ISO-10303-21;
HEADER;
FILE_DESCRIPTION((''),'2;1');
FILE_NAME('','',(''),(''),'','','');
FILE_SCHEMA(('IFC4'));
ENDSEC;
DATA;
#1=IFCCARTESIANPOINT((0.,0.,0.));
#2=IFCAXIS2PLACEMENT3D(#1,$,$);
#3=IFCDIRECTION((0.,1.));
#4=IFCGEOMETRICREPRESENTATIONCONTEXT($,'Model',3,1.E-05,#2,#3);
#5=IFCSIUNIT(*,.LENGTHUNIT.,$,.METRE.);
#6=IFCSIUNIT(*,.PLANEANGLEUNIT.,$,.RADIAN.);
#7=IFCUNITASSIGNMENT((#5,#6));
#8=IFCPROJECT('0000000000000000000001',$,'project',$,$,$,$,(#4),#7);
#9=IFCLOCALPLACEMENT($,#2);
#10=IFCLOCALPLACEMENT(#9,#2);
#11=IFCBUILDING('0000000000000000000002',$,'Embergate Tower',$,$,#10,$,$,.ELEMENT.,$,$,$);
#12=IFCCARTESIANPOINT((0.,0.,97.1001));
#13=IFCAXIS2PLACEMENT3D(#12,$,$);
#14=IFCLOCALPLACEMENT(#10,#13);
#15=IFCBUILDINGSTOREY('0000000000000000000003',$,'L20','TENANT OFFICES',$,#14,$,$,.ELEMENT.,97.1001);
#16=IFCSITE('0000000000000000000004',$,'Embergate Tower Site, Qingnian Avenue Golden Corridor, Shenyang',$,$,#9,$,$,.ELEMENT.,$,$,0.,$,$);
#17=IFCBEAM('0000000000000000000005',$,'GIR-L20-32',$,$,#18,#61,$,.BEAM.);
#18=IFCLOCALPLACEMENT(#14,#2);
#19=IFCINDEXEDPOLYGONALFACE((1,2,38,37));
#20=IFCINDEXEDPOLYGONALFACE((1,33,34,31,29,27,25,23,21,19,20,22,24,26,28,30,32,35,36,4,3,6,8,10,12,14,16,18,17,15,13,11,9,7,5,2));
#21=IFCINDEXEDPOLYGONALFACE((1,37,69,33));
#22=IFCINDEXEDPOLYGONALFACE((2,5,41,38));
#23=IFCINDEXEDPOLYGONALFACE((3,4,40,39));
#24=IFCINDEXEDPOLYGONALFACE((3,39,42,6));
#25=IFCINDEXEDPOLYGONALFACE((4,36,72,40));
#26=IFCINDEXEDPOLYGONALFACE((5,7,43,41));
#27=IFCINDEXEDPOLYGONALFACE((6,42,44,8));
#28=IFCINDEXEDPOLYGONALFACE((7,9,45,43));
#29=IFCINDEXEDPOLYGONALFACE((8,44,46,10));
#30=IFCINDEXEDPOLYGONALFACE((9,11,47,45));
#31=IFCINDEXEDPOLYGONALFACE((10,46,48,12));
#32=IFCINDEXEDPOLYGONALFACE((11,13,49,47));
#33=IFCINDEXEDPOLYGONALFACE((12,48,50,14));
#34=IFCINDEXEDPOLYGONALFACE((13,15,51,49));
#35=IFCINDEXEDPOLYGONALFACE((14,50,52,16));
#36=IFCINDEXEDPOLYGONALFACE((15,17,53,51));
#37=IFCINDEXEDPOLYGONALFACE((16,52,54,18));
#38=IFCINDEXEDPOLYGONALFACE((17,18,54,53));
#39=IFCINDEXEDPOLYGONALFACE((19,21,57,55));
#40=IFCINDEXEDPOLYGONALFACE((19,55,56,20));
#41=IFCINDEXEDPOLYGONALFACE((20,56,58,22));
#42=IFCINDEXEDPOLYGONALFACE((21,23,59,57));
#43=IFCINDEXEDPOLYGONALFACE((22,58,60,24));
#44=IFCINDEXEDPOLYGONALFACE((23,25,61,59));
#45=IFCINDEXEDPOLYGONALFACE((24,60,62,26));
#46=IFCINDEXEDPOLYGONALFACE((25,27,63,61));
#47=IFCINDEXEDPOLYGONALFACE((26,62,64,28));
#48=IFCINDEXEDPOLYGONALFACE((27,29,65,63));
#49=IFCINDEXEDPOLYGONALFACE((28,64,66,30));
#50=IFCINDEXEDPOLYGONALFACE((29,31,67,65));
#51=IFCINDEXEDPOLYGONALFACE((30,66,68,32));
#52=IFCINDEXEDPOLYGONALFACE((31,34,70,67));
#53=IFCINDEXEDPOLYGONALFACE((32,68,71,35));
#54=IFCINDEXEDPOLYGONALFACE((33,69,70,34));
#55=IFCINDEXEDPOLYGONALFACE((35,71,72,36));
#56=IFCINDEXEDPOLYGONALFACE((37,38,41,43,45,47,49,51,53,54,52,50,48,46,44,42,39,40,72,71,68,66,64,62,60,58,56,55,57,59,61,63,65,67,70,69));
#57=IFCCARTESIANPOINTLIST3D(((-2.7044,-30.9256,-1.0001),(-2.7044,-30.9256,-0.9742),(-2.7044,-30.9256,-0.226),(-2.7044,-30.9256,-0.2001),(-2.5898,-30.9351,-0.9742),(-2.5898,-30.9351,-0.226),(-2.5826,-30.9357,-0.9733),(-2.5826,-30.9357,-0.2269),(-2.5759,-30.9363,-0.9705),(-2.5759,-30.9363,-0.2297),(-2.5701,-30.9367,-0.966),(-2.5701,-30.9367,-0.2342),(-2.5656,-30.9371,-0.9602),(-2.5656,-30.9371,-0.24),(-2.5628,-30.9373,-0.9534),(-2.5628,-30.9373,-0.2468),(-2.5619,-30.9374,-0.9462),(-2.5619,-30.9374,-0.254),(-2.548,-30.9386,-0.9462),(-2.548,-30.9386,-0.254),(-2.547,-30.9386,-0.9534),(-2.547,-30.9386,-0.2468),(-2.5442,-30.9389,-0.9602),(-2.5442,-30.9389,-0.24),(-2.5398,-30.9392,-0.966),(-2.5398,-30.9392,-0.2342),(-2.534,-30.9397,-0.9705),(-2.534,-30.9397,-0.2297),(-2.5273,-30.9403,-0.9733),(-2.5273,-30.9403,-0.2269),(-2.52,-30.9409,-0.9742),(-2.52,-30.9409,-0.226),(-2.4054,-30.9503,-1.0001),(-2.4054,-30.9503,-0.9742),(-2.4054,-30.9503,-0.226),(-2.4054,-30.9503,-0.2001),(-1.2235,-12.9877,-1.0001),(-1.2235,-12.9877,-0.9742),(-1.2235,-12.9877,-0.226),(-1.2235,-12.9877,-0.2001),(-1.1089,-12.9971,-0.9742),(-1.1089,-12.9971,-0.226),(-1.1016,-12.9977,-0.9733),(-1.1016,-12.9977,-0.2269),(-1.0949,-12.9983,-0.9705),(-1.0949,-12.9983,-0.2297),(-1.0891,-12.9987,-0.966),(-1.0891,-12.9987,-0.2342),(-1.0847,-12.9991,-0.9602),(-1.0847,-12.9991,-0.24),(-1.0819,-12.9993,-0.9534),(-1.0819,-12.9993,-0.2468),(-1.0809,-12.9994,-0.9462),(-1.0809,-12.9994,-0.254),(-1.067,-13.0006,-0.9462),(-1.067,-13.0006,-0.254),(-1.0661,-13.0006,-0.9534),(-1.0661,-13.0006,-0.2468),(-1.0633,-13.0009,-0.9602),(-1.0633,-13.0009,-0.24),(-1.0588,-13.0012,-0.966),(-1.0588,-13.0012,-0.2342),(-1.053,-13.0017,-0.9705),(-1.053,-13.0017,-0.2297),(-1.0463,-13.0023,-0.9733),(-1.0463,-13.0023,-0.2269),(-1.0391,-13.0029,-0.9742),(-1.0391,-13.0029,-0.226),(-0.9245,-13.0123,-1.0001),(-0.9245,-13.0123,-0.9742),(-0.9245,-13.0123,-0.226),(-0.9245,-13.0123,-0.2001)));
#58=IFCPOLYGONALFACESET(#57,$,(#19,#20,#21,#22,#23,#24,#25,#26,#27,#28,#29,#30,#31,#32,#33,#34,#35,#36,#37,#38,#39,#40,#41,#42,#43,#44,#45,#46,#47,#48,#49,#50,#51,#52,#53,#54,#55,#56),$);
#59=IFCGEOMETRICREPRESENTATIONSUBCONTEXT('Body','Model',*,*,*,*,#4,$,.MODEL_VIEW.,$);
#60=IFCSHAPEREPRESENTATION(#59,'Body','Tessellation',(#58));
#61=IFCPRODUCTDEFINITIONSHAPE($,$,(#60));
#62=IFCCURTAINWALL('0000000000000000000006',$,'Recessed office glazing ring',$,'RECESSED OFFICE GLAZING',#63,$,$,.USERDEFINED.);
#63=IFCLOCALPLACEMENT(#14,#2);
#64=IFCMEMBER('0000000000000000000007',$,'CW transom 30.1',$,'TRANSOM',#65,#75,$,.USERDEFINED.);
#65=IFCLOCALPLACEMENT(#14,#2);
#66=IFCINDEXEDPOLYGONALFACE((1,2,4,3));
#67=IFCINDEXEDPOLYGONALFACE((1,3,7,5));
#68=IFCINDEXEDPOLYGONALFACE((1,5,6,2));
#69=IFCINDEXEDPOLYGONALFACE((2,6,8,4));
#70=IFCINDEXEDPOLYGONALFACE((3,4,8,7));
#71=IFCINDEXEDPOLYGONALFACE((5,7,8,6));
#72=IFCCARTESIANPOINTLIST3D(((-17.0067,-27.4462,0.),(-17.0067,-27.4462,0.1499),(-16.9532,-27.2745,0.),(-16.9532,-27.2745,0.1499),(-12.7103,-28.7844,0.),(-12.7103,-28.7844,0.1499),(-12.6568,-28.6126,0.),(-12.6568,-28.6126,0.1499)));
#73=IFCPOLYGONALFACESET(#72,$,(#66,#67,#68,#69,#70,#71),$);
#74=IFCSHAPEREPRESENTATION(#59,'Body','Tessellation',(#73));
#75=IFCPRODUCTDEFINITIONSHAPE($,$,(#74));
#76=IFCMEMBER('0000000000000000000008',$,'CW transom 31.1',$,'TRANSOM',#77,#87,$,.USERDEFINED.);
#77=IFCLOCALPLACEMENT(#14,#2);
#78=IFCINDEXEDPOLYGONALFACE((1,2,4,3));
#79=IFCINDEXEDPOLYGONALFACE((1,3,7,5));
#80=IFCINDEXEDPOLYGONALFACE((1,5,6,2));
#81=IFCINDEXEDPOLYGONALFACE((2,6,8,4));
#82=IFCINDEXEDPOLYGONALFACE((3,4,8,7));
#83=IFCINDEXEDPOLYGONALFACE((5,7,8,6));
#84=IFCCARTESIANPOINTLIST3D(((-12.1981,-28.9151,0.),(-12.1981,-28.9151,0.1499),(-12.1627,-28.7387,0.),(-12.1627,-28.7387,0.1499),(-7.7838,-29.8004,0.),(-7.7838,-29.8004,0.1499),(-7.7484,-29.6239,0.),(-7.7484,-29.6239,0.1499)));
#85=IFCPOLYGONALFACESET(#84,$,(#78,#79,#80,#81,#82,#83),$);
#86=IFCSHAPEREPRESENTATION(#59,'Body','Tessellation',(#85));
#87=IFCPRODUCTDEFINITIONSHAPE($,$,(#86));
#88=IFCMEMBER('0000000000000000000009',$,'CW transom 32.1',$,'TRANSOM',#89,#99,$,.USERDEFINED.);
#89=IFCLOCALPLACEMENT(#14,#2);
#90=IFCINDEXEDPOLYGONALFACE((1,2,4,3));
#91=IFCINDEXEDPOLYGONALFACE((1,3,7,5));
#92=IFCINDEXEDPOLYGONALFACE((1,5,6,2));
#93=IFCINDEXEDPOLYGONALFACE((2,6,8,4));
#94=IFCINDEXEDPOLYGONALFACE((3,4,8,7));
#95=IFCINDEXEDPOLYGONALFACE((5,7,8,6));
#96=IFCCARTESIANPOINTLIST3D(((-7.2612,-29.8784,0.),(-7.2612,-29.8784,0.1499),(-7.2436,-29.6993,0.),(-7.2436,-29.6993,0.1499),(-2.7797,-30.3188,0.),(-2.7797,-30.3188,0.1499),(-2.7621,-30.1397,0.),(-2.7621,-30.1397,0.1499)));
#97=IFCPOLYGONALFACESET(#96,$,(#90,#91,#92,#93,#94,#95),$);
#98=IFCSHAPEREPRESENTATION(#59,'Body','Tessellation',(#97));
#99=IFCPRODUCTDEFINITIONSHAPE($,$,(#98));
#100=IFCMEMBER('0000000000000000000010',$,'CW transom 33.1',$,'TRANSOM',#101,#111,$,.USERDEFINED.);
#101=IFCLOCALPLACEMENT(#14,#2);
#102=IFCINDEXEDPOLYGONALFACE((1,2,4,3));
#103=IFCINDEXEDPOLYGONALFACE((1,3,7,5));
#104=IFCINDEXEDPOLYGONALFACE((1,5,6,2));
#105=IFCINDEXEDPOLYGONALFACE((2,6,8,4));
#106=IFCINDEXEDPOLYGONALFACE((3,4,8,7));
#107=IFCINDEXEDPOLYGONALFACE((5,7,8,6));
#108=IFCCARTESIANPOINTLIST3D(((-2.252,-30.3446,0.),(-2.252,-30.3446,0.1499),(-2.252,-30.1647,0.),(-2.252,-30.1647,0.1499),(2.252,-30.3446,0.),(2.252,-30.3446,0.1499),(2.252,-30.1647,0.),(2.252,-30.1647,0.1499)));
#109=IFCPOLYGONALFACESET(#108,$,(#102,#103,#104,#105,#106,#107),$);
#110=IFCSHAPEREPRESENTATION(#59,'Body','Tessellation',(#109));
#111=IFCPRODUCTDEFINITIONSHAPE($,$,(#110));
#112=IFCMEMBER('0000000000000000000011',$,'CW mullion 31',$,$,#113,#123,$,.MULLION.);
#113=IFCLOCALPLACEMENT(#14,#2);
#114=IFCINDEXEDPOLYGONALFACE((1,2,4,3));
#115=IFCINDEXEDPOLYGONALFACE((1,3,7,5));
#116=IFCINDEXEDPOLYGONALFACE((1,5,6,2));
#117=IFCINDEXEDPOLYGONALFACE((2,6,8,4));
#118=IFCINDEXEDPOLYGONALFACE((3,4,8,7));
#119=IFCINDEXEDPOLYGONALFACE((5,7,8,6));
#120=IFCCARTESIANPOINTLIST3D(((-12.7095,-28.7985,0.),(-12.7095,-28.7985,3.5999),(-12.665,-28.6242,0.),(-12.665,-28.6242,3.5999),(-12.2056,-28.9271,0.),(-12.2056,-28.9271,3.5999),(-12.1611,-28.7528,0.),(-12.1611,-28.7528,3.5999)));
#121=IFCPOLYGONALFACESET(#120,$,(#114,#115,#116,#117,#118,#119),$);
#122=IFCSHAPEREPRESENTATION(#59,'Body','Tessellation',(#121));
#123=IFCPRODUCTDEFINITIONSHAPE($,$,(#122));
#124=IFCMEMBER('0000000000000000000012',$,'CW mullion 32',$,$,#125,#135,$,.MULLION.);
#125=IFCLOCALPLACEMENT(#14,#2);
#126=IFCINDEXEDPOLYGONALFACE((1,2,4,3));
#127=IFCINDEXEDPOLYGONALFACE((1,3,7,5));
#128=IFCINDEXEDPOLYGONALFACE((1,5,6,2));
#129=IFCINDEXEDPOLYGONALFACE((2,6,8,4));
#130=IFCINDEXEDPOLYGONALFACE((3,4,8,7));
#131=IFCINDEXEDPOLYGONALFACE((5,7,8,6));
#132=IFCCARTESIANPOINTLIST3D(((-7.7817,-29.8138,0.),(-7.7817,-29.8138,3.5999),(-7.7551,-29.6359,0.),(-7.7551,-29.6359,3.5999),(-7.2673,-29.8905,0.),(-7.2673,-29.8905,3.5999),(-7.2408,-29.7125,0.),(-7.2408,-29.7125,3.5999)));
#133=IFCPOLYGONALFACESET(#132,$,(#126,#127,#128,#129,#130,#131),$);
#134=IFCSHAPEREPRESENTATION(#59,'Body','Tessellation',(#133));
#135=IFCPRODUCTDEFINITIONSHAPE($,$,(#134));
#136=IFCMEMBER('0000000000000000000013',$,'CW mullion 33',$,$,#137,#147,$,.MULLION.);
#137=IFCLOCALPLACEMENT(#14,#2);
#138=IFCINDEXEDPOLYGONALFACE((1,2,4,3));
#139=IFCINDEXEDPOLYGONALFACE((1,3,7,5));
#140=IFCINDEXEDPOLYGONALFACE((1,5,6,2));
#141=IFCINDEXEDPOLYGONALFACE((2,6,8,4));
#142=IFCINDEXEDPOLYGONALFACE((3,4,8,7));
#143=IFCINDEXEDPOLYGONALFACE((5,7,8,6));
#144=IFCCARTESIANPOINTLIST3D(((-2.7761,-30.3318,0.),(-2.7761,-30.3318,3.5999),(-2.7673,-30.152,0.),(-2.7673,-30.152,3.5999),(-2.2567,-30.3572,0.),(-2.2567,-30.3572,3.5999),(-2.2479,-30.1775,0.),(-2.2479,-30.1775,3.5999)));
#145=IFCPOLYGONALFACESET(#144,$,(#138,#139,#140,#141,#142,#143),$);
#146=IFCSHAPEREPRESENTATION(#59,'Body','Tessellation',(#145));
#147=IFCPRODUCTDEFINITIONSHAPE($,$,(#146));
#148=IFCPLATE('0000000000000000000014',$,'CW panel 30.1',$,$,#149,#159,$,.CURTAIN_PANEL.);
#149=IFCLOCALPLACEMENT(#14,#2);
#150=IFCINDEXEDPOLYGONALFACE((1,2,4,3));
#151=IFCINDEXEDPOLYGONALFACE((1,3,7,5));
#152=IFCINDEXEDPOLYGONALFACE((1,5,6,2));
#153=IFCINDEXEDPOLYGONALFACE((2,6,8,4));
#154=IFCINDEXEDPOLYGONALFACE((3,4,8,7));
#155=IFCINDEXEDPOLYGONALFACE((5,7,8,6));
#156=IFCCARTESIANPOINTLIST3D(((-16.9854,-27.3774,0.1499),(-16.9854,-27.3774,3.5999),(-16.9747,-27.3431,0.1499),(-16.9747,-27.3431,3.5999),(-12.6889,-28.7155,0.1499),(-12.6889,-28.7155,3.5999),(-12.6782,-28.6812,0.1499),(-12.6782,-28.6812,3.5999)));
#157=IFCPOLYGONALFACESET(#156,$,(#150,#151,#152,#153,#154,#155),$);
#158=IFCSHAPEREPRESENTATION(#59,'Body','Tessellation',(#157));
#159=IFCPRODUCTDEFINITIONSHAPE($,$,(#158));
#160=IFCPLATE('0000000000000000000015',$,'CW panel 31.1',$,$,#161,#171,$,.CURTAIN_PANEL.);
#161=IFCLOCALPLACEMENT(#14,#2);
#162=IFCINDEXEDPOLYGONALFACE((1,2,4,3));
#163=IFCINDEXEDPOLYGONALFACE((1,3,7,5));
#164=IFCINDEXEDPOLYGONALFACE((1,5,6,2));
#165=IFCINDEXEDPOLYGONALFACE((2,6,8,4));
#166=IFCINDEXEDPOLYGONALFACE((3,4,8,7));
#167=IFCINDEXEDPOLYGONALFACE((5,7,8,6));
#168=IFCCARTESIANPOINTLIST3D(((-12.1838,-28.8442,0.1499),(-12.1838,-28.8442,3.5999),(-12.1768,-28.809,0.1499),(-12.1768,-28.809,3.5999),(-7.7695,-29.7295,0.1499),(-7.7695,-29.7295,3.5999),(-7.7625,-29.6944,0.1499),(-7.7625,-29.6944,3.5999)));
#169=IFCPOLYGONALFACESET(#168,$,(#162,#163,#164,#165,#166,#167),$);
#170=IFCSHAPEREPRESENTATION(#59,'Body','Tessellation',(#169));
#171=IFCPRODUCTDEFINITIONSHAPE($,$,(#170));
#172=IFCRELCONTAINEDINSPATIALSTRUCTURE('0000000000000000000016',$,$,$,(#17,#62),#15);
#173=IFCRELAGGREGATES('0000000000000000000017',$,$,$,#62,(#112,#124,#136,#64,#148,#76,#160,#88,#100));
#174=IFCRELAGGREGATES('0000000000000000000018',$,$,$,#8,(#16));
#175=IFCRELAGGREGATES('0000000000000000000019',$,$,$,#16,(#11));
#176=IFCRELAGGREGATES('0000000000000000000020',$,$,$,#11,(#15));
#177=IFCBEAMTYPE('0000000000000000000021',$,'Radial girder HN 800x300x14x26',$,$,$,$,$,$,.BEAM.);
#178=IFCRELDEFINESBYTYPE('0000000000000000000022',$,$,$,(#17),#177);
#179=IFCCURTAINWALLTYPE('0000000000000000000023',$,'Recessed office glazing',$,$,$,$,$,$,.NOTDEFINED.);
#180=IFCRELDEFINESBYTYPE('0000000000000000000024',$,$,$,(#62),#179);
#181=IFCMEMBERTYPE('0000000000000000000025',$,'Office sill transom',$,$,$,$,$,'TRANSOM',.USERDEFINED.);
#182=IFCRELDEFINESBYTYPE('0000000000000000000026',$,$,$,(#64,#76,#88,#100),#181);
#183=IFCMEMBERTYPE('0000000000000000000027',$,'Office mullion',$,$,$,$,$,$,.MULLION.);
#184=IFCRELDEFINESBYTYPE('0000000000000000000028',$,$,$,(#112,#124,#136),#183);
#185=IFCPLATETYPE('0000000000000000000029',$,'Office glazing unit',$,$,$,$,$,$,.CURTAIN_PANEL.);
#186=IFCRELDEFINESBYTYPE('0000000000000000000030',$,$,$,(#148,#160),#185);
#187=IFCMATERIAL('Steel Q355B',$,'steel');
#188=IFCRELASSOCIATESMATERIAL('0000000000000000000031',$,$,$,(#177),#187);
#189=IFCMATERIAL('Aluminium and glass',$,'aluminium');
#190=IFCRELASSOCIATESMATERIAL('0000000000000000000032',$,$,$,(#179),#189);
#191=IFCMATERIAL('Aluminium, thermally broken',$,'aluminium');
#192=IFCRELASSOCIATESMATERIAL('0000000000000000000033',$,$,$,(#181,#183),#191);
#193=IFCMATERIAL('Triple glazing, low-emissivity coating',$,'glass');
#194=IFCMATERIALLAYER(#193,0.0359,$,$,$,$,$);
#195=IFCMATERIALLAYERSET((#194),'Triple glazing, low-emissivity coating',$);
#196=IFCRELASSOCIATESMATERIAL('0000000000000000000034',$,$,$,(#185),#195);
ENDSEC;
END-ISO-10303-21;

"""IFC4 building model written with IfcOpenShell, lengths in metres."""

from ifc_helpers import new_model, si_unit, direction, frame, origin, origin_2d, place, context, subcontext, project, spatial, rectangle, i_section, extrude, source, transform, mapped, material, layer, layer_set, material_profile, profile_set, type_object, element, aggregate, save


model = new_model("IFC4")

# Units and contexts
model_context = context("Model", 3, precision=1e-05, world=origin(), true_north=direction((0.0, 1.0)))
body_context = subcontext(model_context, "Body", "Model", "MODEL_VIEW")
ifc_project = project(units=[si_unit("LENGTHUNIT", "METRE"), si_unit("PLANEANGLEUNIT", "RADIAN")], contexts=[model_context])

# Site, building, storey
site_placement = place(None, origin())
site = spatial("IfcSite", under=ifc_project, at=site_placement, Name="Embergate Tower Site, Qingnian Avenue Golden Corridor, Shenyang", CompositionType="ELEMENT", RefElevation=0.0)
building_placement = place(site_placement, origin())
building = spatial("IfcBuilding", under=site, at=building_placement, Name="Embergate Tower", CompositionType="ELEMENT")
storey_placement = place(building_placement, frame((0.0, 0.0, 97.1001)))
storey = spatial("IfcBuildingStorey", under=building, at=storey_placement, Name="L20", Description="TENANT OFFICES", CompositionType="ELEMENT", Elevation=97.1001)

# Beam
ifc_material_1 = material(Name="Steel Q355B", Category="steel")
ifc_material_profile_1 = material_profile(ifc_material_1, i_section(OverallWidth=0.3, OverallDepth=0.8, WebThickness=0.0139, FlangeThickness=0.0259, FilletRadius=0.0281, at=origin_2d()), Name="HN 800x300x14x26")
ifc_profile_set_1 = profile_set([ifc_material_profile_1], Name="Steel Q355 grade B")
beam_type_1 = type_object("IfcBeamType", Name="Radial girder HN 800x300x14x26", PredefinedType="BEAM", material=ifc_profile_set_1)
shared_shape_1 = source(origin(), body_context, "Body", "SweptSolid", [
    extrude(i_section(OverallWidth=0.3, OverallDepth=0.8, WebThickness=0.0139, FlangeThickness=0.0259, FilletRadius=0.0281, at=origin_2d()), origin(), (0.0, 0.0, 1.0), 17.999),
])
beam_1_placement = place(storey_placement, frame((-2.5549, -30.938, -0.6001), z_axis=(0.08228, 0.996609, 0.0), x_axis=(-0.996609, 0.08228, 0.0)))
element("IfcBeam", 1, at=beam_1_placement, inside=storey, type_object=beam_type_1, Name="GIR-L20-32", PredefinedType="BEAM", context=body_context, shape_type="MappedRepresentation", body=[
    mapped(shared_shape_1, transform((0.0, 0.0, 0.0))),
])

# Curtain wall, members, plates
ifc_material_2 = material(Name="Aluminium and glass", Category="aluminium")
curtain_wall_type = type_object("IfcCurtainWallType", Name="Recessed office glazing", PredefinedType="NOTDEFINED", material=ifc_material_2)
curtain_wall_placement = place(storey_placement, origin())
curtain_wall = element("IfcCurtainWall", 2, at=curtain_wall_placement, inside=storey, type_object=curtain_wall_type, Name="Recessed office glazing ring", ObjectType="RECESSED OFFICE GLAZING", PredefinedType="USERDEFINED")
ifc_material_3 = material(Name="Aluminium, thermally broken", Category="aluminium")
ifc_material_profile_2 = material_profile(ifc_material_3, rectangle(XDim=0.1799, YDim=0.1499, at=origin_2d()), Name="AL 150x180")
ifc_profile_set_2 = profile_set([ifc_material_profile_2], Name="Aluminium, thermally broken")
member_type_1 = type_object("IfcMemberType", Name="Office sill transom", ElementType="TRANSOM", PredefinedType="USERDEFINED", material=ifc_profile_set_2)
shared_shape_2 = source(origin(), body_context, "Body", "SweptSolid", [
    extrude(rectangle(XDim=0.1799, YDim=0.1499, at=origin_2d()), origin(), (0.0, 0.0, 1.0), 4.5),
])
member_1_placement = place(storey_placement, frame((-16.98, -27.3604, 0.075), z_axis=(0.954763, -0.297367, 0.0), x_axis=(0.297367, 0.954763, 0.0)))
member_1 = element("IfcMember", 3, at=member_1_placement, type_object=member_type_1, Name="CW transom 30.1", ObjectType="TRANSOM", PredefinedType="USERDEFINED", context=body_context, shape_type="MappedRepresentation", body=[
    mapped(shared_shape_2, transform((0.0, 0.0, 0.0))),
])
shared_shape_3 = source(origin(), body_context, "Body", "SweptSolid", [
    extrude(rectangle(XDim=0.1799, YDim=0.1499, at=origin_2d()), origin(), (0.0, 0.0, 1.0), 4.5022),
])
member_2_placement = place(storey_placement, frame((-12.1804, -28.8269, 0.075), z_axis=(0.980478, -0.196627, 0.0), x_axis=(0.196627, 0.980478, 0.0)))
member_2 = element("IfcMember", 4, at=member_2_placement, type_object=member_type_1, Name="CW transom 31.1", ObjectType="TRANSOM", PredefinedType="USERDEFINED", context=body_context, shape_type="MappedRepresentation", body=[
    mapped(shared_shape_3, transform((0.0, 0.0, 0.0))),
])
shared_shape_4 = source(origin(), body_context, "Body", "SweptSolid", [
    extrude(rectangle(XDim=0.1799, YDim=0.1499, at=origin_2d()), origin(), (0.0, 0.0, 1.0), 4.5032),
])
member_3_placement = place(storey_placement, frame((-7.2524, -29.7888, 0.075), z_axis=(0.995206, -0.097802, 0.0), x_axis=(0.097802, 0.995206, 0.0)))
member_3 = element("IfcMember", 5, at=member_3_placement, type_object=member_type_1, Name="CW transom 32.1", ObjectType="TRANSOM", PredefinedType="USERDEFINED", context=body_context, shape_type="MappedRepresentation", body=[
    mapped(shared_shape_4, transform((0.0, 0.0, 0.0))),
])
shared_shape_5 = source(origin(), body_context, "Body", "SweptSolid", [
    extrude(rectangle(XDim=0.1799, YDim=0.1499, at=origin_2d()), origin(), (0.0, 0.0, 1.0), 4.5039),
])
member_4_placement = place(storey_placement, frame((-2.252, -30.2546, 0.075), z_axis=(1.0, 0.0, 0.0), x_axis=(0.0, 1.0, 0.0)))
member_4 = element("IfcMember", 6, at=member_4_placement, type_object=member_type_1, Name="CW transom 33.1", ObjectType="TRANSOM", PredefinedType="USERDEFINED", context=body_context, shape_type="MappedRepresentation", body=[
    mapped(shared_shape_5, transform((0.0, 0.0, 0.0))),
])
ifc_material_profile_3 = material_profile(ifc_material_3, rectangle(XDim=0.1799, YDim=0.52, at=origin_2d()), Name="AL 520x180")
ifc_profile_set_3 = profile_set([ifc_material_profile_3], Name="Aluminium, thermally broken")
member_type_2 = type_object("IfcMemberType", Name="Office mullion", PredefinedType="MULLION", material=ifc_profile_set_3)
shared_shape_6 = source(origin(), body_context, "Body", "SweptSolid", [
    extrude(rectangle(XDim=0.1799, YDim=0.52, at=origin_2d()), origin(), (0.0, 0.0, 1.0), 3.5999),
])
member_5_placement = place(storey_placement, frame((-12.4353, -28.7756, 0.0), z_axis=(0.0, 0.0, 1.0), x_axis=(0.247319, 0.968934, 0.0)))
member_5 = element("IfcMember", 7, at=member_5_placement, type_object=member_type_2, Name="CW mullion 31", PredefinedType="MULLION", context=body_context, shape_type="MappedRepresentation", body=[
    mapped(shared_shape_6, transform((0.0, 0.0, 0.0))),
])
member_6_placement = place(storey_placement, frame((-7.5112, -29.7632, 0.0), z_axis=(0.0, 0.0, 1.0), x_axis=(0.147416, 0.989075, 0.0)))
member_6 = element("IfcMember", 8, at=member_6_placement, type_object=member_type_2, Name="CW mullion 32", PredefinedType="MULLION", context=body_context, shape_type="MappedRepresentation", body=[
    mapped(shared_shape_6, transform((0.0, 0.0, 0.0))),
])
member_7_placement = place(storey_placement, frame((-2.512, -30.2546, 0.0), z_axis=(0.0, 0.0, 1.0), x_axis=(0.048972, 0.9988, 0.0)))
member_7 = element("IfcMember", 9, at=member_7_placement, type_object=member_type_2, Name="CW mullion 33", PredefinedType="MULLION", context=body_context, shape_type="MappedRepresentation", body=[
    mapped(shared_shape_6, transform((0.0, 0.0, 0.0))),
])
ifc_material_4 = material(Name="Triple glazing, low-emissivity coating", Category="glass")
ifc_layer_1 = layer(ifc_material_4, 0.0359)
ifc_layer_set_1 = layer_set([ifc_layer_1], Name="Triple glazing, low-emissivity coating")
plate_type = type_object("IfcPlateType", Name="Office glazing unit", PredefinedType="CURTAIN_PANEL", material=ifc_layer_set_1)
shared_shape_7 = source(origin(), body_context, "Body", "SweptSolid", [
    extrude(rectangle(XDim=4.5, YDim=0.0359, at=origin_2d()), origin(), (0.0, 0.0, 1.0), 3.45),
])
plate_1_placement = place(storey_placement, frame((-14.8318, -28.0293, 0.1499), z_axis=(0.0, 0.0, 1.0), x_axis=(0.95477, -0.297345, 0.0)))
plate_1 = element("IfcPlate", 10, at=plate_1_placement, type_object=plate_type, Name="CW panel 30.1", PredefinedType="CURTAIN_PANEL", context=body_context, shape_type="MappedRepresentation", body=[
    mapped(shared_shape_7, transform((0.0, 0.0, 0.0))),
])
shared_shape_8 = source(origin(), body_context, "Body", "SweptSolid", [
    extrude(rectangle(XDim=4.5022, YDim=0.0359, at=origin_2d()), origin(), (0.0, 0.0, 1.0), 3.45),
])
plate_2_placement = place(storey_placement, frame((-9.9731, -29.2693, 0.1499), z_axis=(0.0, 0.0, 1.0), x_axis=(0.980475, -0.196644, 0.0)))
plate_2 = element("IfcPlate", 11, at=plate_2_placement, type_object=plate_type, Name="CW panel 31.1", PredefinedType="CURTAIN_PANEL", context=body_context, shape_type="MappedRepresentation", body=[
    mapped(shared_shape_8, transform((0.0, 0.0, 0.0))),
])
aggregate(curtain_wall, [member_5, member_6, member_7, member_1, plate_1, member_2, plate_2, member_3, member_4])

save(model, "model.ifc")
